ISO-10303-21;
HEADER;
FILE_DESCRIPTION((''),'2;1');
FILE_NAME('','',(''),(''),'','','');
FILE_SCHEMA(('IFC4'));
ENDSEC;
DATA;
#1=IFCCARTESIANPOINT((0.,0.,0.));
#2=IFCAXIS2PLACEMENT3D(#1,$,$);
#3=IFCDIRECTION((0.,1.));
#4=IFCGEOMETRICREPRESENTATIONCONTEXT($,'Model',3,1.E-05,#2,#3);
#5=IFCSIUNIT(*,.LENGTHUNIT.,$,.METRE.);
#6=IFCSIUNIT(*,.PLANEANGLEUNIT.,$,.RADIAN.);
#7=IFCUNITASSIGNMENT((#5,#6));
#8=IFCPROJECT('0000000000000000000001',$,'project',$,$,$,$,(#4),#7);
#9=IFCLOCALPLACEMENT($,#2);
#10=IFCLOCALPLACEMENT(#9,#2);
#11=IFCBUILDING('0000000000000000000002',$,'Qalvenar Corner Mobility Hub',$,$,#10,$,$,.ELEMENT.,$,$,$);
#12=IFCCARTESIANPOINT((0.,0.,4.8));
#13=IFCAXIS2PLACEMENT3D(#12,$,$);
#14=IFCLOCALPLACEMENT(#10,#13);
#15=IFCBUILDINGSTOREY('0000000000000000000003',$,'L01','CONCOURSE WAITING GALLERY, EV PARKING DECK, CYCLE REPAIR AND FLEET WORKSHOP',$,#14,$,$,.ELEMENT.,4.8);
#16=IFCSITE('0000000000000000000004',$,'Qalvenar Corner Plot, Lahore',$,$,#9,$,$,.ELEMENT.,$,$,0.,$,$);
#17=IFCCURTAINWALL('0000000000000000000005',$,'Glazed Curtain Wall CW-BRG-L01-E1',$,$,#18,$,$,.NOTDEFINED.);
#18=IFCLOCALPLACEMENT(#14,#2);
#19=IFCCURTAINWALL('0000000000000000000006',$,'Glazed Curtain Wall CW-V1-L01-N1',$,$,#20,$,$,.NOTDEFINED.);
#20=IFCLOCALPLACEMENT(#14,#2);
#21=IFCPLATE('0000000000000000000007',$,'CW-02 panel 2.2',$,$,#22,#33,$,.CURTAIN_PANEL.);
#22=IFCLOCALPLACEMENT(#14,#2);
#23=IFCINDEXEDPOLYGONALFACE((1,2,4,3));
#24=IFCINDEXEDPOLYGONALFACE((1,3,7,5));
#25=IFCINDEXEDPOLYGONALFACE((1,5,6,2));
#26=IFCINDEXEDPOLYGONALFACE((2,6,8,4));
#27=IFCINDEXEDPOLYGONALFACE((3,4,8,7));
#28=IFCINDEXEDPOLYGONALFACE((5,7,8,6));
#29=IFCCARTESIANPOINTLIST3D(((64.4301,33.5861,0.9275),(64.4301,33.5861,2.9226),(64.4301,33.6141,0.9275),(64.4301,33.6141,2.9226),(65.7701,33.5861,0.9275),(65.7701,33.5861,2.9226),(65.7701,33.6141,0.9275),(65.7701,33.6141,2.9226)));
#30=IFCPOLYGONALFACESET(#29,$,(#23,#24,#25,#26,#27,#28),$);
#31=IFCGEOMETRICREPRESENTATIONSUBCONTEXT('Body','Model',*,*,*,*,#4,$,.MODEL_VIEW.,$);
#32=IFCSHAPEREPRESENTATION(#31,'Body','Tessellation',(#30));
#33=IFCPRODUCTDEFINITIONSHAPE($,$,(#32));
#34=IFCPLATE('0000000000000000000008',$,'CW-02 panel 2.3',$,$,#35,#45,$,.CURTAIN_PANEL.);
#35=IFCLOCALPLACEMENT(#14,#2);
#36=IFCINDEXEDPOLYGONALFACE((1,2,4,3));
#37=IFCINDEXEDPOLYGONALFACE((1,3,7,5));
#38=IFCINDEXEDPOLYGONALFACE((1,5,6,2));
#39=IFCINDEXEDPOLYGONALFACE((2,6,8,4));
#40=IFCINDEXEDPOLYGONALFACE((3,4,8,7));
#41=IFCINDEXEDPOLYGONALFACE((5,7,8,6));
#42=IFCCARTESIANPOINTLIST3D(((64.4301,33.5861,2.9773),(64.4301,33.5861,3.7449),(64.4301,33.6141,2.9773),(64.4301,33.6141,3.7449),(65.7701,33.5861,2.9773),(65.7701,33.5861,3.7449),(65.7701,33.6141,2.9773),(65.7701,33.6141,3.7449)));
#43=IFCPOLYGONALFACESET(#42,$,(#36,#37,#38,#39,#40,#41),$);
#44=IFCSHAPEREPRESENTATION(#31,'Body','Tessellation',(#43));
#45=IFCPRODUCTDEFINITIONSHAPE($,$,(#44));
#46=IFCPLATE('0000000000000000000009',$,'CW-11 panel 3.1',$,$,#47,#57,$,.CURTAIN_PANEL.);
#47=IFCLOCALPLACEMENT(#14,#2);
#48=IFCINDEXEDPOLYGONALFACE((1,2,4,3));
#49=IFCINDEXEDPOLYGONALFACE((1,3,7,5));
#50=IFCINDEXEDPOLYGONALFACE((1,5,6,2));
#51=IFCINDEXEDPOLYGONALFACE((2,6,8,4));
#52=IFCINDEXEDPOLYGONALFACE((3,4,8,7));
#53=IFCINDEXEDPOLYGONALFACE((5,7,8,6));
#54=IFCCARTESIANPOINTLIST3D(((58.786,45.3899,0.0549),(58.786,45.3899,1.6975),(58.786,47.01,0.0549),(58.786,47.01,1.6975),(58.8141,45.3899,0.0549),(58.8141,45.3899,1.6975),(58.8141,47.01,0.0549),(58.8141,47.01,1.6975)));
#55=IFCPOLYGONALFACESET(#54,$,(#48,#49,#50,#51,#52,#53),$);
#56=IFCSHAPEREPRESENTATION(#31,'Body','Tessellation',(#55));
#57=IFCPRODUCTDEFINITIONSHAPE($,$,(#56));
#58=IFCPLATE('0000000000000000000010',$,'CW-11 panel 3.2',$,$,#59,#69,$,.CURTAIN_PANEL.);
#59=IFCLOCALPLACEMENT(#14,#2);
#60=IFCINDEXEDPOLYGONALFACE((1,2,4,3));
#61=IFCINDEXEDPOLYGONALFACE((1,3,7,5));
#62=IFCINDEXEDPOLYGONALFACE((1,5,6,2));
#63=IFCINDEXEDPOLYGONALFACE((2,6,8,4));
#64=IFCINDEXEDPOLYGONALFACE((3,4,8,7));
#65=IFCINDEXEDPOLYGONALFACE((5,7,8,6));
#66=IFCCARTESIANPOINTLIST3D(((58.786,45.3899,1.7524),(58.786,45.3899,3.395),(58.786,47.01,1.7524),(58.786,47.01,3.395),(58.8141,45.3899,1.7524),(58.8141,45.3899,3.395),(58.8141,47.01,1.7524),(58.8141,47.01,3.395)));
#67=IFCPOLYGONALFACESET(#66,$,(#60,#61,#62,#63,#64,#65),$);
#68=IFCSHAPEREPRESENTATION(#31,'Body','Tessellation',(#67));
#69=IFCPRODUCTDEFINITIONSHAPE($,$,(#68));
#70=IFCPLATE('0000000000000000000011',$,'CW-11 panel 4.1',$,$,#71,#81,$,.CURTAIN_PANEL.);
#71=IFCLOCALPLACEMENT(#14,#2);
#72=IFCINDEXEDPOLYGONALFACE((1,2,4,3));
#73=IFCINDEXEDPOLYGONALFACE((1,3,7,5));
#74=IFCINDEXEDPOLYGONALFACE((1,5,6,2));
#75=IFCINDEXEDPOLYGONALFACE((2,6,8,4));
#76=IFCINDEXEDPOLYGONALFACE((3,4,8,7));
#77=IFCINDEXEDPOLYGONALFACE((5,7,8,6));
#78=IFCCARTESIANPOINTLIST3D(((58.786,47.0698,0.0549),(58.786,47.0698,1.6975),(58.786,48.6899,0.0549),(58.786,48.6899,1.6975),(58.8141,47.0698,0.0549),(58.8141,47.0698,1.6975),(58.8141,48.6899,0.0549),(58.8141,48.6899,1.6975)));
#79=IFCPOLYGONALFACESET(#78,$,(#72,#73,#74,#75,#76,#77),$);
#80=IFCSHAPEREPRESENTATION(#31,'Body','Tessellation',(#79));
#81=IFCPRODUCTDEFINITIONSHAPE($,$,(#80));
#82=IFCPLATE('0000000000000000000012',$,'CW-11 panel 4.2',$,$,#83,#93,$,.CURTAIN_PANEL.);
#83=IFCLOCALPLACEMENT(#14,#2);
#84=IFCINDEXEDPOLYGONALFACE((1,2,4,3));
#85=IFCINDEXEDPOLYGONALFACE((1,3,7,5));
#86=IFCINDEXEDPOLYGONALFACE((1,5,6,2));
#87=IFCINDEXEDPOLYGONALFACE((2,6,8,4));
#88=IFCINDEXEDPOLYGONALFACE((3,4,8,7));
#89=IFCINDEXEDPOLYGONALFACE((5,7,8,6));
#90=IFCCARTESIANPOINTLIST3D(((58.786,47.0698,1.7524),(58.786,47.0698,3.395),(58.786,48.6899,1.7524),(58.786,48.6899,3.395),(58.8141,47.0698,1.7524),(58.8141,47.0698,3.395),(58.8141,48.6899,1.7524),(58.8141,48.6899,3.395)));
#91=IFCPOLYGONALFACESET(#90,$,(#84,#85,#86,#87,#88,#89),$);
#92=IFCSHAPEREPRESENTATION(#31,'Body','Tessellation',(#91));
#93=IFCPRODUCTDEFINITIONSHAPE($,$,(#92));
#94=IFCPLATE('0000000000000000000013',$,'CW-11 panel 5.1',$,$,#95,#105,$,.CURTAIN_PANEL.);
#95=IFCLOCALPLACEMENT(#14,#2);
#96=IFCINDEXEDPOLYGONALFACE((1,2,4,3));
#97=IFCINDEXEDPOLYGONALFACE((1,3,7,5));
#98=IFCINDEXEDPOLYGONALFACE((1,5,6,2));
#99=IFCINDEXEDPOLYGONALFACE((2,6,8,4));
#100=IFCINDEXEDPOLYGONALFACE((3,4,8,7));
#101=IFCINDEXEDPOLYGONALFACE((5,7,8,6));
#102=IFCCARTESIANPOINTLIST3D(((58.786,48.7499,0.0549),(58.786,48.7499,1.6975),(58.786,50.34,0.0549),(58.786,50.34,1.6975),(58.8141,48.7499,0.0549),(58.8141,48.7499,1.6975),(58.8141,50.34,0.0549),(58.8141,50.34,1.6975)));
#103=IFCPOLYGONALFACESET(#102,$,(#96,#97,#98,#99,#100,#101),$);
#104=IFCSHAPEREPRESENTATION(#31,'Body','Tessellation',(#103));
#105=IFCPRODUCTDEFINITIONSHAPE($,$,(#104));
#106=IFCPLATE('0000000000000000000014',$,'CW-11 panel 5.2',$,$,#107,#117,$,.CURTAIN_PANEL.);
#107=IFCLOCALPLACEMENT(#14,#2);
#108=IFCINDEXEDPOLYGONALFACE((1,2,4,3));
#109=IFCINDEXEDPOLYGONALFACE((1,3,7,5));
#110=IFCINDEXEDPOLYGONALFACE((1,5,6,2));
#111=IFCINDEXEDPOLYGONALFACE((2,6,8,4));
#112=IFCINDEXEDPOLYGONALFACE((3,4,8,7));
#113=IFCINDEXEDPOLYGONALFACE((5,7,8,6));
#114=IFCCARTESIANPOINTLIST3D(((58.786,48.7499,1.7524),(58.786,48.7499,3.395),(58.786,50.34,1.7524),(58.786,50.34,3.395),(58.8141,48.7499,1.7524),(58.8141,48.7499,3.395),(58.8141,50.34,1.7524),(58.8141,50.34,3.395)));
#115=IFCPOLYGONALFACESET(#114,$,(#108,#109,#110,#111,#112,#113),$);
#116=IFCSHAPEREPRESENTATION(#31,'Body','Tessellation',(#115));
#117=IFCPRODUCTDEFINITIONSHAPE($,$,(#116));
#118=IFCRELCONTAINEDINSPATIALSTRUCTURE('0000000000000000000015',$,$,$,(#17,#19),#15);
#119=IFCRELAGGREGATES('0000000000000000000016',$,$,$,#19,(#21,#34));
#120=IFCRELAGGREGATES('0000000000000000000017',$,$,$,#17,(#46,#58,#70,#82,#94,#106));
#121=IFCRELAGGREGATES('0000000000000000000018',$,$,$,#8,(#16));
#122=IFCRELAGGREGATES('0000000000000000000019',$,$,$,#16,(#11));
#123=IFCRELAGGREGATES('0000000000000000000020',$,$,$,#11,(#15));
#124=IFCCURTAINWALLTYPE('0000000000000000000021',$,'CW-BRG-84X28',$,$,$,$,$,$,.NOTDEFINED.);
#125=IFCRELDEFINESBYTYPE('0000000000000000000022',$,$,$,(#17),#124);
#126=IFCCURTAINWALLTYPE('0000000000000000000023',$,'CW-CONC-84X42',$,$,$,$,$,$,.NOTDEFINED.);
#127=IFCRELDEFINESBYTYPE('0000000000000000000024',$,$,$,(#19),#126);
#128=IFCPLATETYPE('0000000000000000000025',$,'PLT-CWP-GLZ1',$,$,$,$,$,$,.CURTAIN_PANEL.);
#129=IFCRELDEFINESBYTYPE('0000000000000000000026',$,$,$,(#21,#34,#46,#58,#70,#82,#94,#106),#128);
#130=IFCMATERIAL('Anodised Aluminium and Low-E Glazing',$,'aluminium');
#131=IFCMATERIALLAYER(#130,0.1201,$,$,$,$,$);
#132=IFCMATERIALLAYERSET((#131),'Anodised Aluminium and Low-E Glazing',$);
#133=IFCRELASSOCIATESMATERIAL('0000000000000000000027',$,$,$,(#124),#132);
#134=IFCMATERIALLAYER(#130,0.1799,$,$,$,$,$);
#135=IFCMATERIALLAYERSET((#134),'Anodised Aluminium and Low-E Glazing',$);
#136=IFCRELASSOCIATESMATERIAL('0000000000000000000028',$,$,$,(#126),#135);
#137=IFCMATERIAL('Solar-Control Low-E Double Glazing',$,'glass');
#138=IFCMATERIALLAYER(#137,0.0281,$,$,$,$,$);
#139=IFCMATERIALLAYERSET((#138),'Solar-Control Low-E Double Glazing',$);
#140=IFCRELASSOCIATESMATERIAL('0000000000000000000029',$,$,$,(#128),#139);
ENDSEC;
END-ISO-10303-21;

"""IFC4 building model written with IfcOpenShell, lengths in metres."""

from ifc_helpers import new_model, si_unit, direction, frame, origin, origin_2d, place, context, subcontext, project, spatial, rectangle, extrude, material, layer, layer_set, type_object, element, aggregate, save


model = new_model("IFC4")

# Units and contexts
model_context = context("Model", 3, precision=1e-05, world=origin(), true_north=direction((0.0, 1.0)))
body_context = subcontext(model_context, "Body", "Model", "MODEL_VIEW")
ifc_project = project(units=[si_unit("LENGTHUNIT", "METRE"), si_unit("PLANEANGLEUNIT", "RADIAN")], contexts=[model_context])

# Site, building, storey
site_placement = place(None, origin())
site = spatial("IfcSite", under=ifc_project, at=site_placement, Name="Qalvenar Corner Plot, Lahore", CompositionType="ELEMENT", RefElevation=0.0)
building_placement = place(site_placement, origin())
building = spatial("IfcBuilding", under=site, at=building_placement, Name="Qalvenar Corner Mobility Hub", CompositionType="ELEMENT")
storey_placement = place(building_placement, frame((0.0, 0.0, 4.8)))
storey = spatial("IfcBuildingStorey", under=building, at=storey_placement, Name="L01", Description="CONCOURSE WAITING GALLERY, EV PARKING DECK, CYCLE REPAIR AND FLEET WORKSHOP", CompositionType="ELEMENT", Elevation=4.8)

# Curtain walls
ifc_material_1 = material(Name="Anodised Aluminium and Low-E Glazing", Category="aluminium")
ifc_layer_1 = layer(ifc_material_1, 0.1201)
ifc_layer_set_1 = layer_set([ifc_layer_1], Name="Anodised Aluminium and Low-E Glazing")
curtain_wall_type_1 = type_object("IfcCurtainWallType", Name="CW-BRG-84X28", PredefinedType="NOTDEFINED", material=ifc_layer_set_1)
curtain_wall_1_placement = place(storey_placement, origin())
curtain_wall_1 = element("IfcCurtainWall", 1, at=curtain_wall_1_placement, inside=storey, type_object=curtain_wall_type_1, Name="Glazed Curtain Wall CW-BRG-L01-E1", PredefinedType="NOTDEFINED")
ifc_layer_2 = layer(ifc_material_1, 0.1799)
ifc_layer_set_2 = layer_set([ifc_layer_2], Name="Anodised Aluminium and Low-E Glazing")
curtain_wall_type_2 = type_object("IfcCurtainWallType", Name="CW-CONC-84X42", PredefinedType="NOTDEFINED", material=ifc_layer_set_2)
curtain_wall_2_placement = place(storey_placement, origin())
curtain_wall_2 = element("IfcCurtainWall", 2, at=curtain_wall_2_placement, inside=storey, type_object=curtain_wall_type_2, Name="Glazed Curtain Wall CW-V1-L01-N1", PredefinedType="NOTDEFINED")

# Plates
ifc_material_2 = material(Name="Solar-Control Low-E Double Glazing", Category="glass")
ifc_layer_3 = layer(ifc_material_2, 0.0281)
ifc_layer_set_3 = layer_set([ifc_layer_3], Name="Solar-Control Low-E Double Glazing")
plate_type = type_object("IfcPlateType", Name="PLT-CWP-GLZ1", PredefinedType="CURTAIN_PANEL", material=ifc_layer_set_3)
plate_1_placement = place(storey_placement, frame((65.1001, 33.6001, 0.9275), z_axis=(0.0, 0.0, 1.0), x_axis=(-1.0, 0.0, 0.0)))
plate_1 = element("IfcPlate", 3, at=plate_1_placement, type_object=plate_type, Name="CW-02 panel 2.2", PredefinedType="CURTAIN_PANEL", context=body_context, shape_type="SweptSolid", body=[
    extrude(rectangle(XDim=1.3401, YDim=0.0281, at=origin_2d()), origin(), (0.0, 0.0, 1.0), 1.9951),
])
plate_2_placement = place(storey_placement, frame((65.1001, 33.6001, 2.9773), z_axis=(0.0, 0.0, 1.0), x_axis=(-1.0, 0.0, 0.0)))
plate_2 = element("IfcPlate", 4, at=plate_2_placement, type_object=plate_type, Name="CW-02 panel 2.3", PredefinedType="CURTAIN_PANEL", context=body_context, shape_type="SweptSolid", body=[
    extrude(rectangle(XDim=1.3401, YDim=0.0281, at=origin_2d()), origin(), (0.0, 0.0, 1.0), 0.7676),
])
aggregate(curtain_wall_2, [plate_1, plate_2])
plate_3_placement = place(storey_placement, frame((58.8, 46.2, 0.0549), z_axis=(0.0, 0.0, 1.0), x_axis=(0.0, 1.0, 0.0)))
plate_3 = element("IfcPlate", 5, at=plate_3_placement, type_object=plate_type, Name="CW-11 panel 3.1", PredefinedType="CURTAIN_PANEL", context=body_context, shape_type="SweptSolid", body=[
    extrude(rectangle(XDim=1.6201, YDim=0.0281, at=origin_2d()), origin(), (0.0, 0.0, 1.0), 1.6426),
])
plate_4_placement = place(storey_placement, frame((58.8, 46.2, 1.7524), z_axis=(0.0, 0.0, 1.0), x_axis=(0.0, 1.0, 0.0)))
plate_4 = element("IfcPlate", 6, at=plate_4_placement, type_object=plate_type, Name="CW-11 panel 3.2", PredefinedType="CURTAIN_PANEL", context=body_context, shape_type="SweptSolid", body=[
    extrude(rectangle(XDim=1.6201, YDim=0.0281, at=origin_2d()), origin(), (0.0, 0.0, 1.0), 1.6426),
])
plate_5_placement = place(storey_placement, frame((58.8, 47.8799, 0.0549), z_axis=(0.0, 0.0, 1.0), x_axis=(0.0, 1.0, 0.0)))
plate_5 = element("IfcPlate", 7, at=plate_5_placement, type_object=plate_type, Name="CW-11 panel 4.1", PredefinedType="CURTAIN_PANEL", context=body_context, shape_type="SweptSolid", body=[
    extrude(rectangle(XDim=1.6201, YDim=0.0281, at=origin_2d()), origin(), (0.0, 0.0, 1.0), 1.6426),
])
plate_6_placement = place(storey_placement, frame((58.8, 47.8799, 1.7524), z_axis=(0.0, 0.0, 1.0), x_axis=(0.0, 1.0, 0.0)))
plate_6 = element("IfcPlate", 8, at=plate_6_placement, type_object=plate_type, Name="CW-11 panel 4.2", PredefinedType="CURTAIN_PANEL", context=body_context, shape_type="SweptSolid", body=[
    extrude(rectangle(XDim=1.6201, YDim=0.0281, at=origin_2d()), origin(), (0.0, 0.0, 1.0), 1.6426),
])
plate_7_placement = place(storey_placement, frame((58.8, 49.5449, 0.0549), z_axis=(0.0, 0.0, 1.0), x_axis=(0.0, 1.0, 0.0)))
plate_7 = element("IfcPlate", 9, at=plate_7_placement, type_object=plate_type, Name="CW-11 panel 5.1", PredefinedType="CURTAIN_PANEL", context=body_context, shape_type="SweptSolid", body=[
    extrude(rectangle(XDim=1.5901, YDim=0.0281, at=origin_2d()), origin(), (0.0, 0.0, 1.0), 1.6426),
])
plate_8_placement = place(storey_placement, frame((58.8, 49.5449, 1.7524), z_axis=(0.0, 0.0, 1.0), x_axis=(0.0, 1.0, 0.0)))
plate_8 = element("IfcPlate", 10, at=plate_8_placement, type_object=plate_type, Name="CW-11 panel 5.2", PredefinedType="CURTAIN_PANEL", context=body_context, shape_type="SweptSolid", body=[
    extrude(rectangle(XDim=1.5901, YDim=0.0281, at=origin_2d()), origin(), (0.0, 0.0, 1.0), 1.6426),
])
aggregate(curtain_wall_1, [plate_3, plate_4, plate_5, plate_6, plate_7, plate_8])

save(model, "model.ifc")
